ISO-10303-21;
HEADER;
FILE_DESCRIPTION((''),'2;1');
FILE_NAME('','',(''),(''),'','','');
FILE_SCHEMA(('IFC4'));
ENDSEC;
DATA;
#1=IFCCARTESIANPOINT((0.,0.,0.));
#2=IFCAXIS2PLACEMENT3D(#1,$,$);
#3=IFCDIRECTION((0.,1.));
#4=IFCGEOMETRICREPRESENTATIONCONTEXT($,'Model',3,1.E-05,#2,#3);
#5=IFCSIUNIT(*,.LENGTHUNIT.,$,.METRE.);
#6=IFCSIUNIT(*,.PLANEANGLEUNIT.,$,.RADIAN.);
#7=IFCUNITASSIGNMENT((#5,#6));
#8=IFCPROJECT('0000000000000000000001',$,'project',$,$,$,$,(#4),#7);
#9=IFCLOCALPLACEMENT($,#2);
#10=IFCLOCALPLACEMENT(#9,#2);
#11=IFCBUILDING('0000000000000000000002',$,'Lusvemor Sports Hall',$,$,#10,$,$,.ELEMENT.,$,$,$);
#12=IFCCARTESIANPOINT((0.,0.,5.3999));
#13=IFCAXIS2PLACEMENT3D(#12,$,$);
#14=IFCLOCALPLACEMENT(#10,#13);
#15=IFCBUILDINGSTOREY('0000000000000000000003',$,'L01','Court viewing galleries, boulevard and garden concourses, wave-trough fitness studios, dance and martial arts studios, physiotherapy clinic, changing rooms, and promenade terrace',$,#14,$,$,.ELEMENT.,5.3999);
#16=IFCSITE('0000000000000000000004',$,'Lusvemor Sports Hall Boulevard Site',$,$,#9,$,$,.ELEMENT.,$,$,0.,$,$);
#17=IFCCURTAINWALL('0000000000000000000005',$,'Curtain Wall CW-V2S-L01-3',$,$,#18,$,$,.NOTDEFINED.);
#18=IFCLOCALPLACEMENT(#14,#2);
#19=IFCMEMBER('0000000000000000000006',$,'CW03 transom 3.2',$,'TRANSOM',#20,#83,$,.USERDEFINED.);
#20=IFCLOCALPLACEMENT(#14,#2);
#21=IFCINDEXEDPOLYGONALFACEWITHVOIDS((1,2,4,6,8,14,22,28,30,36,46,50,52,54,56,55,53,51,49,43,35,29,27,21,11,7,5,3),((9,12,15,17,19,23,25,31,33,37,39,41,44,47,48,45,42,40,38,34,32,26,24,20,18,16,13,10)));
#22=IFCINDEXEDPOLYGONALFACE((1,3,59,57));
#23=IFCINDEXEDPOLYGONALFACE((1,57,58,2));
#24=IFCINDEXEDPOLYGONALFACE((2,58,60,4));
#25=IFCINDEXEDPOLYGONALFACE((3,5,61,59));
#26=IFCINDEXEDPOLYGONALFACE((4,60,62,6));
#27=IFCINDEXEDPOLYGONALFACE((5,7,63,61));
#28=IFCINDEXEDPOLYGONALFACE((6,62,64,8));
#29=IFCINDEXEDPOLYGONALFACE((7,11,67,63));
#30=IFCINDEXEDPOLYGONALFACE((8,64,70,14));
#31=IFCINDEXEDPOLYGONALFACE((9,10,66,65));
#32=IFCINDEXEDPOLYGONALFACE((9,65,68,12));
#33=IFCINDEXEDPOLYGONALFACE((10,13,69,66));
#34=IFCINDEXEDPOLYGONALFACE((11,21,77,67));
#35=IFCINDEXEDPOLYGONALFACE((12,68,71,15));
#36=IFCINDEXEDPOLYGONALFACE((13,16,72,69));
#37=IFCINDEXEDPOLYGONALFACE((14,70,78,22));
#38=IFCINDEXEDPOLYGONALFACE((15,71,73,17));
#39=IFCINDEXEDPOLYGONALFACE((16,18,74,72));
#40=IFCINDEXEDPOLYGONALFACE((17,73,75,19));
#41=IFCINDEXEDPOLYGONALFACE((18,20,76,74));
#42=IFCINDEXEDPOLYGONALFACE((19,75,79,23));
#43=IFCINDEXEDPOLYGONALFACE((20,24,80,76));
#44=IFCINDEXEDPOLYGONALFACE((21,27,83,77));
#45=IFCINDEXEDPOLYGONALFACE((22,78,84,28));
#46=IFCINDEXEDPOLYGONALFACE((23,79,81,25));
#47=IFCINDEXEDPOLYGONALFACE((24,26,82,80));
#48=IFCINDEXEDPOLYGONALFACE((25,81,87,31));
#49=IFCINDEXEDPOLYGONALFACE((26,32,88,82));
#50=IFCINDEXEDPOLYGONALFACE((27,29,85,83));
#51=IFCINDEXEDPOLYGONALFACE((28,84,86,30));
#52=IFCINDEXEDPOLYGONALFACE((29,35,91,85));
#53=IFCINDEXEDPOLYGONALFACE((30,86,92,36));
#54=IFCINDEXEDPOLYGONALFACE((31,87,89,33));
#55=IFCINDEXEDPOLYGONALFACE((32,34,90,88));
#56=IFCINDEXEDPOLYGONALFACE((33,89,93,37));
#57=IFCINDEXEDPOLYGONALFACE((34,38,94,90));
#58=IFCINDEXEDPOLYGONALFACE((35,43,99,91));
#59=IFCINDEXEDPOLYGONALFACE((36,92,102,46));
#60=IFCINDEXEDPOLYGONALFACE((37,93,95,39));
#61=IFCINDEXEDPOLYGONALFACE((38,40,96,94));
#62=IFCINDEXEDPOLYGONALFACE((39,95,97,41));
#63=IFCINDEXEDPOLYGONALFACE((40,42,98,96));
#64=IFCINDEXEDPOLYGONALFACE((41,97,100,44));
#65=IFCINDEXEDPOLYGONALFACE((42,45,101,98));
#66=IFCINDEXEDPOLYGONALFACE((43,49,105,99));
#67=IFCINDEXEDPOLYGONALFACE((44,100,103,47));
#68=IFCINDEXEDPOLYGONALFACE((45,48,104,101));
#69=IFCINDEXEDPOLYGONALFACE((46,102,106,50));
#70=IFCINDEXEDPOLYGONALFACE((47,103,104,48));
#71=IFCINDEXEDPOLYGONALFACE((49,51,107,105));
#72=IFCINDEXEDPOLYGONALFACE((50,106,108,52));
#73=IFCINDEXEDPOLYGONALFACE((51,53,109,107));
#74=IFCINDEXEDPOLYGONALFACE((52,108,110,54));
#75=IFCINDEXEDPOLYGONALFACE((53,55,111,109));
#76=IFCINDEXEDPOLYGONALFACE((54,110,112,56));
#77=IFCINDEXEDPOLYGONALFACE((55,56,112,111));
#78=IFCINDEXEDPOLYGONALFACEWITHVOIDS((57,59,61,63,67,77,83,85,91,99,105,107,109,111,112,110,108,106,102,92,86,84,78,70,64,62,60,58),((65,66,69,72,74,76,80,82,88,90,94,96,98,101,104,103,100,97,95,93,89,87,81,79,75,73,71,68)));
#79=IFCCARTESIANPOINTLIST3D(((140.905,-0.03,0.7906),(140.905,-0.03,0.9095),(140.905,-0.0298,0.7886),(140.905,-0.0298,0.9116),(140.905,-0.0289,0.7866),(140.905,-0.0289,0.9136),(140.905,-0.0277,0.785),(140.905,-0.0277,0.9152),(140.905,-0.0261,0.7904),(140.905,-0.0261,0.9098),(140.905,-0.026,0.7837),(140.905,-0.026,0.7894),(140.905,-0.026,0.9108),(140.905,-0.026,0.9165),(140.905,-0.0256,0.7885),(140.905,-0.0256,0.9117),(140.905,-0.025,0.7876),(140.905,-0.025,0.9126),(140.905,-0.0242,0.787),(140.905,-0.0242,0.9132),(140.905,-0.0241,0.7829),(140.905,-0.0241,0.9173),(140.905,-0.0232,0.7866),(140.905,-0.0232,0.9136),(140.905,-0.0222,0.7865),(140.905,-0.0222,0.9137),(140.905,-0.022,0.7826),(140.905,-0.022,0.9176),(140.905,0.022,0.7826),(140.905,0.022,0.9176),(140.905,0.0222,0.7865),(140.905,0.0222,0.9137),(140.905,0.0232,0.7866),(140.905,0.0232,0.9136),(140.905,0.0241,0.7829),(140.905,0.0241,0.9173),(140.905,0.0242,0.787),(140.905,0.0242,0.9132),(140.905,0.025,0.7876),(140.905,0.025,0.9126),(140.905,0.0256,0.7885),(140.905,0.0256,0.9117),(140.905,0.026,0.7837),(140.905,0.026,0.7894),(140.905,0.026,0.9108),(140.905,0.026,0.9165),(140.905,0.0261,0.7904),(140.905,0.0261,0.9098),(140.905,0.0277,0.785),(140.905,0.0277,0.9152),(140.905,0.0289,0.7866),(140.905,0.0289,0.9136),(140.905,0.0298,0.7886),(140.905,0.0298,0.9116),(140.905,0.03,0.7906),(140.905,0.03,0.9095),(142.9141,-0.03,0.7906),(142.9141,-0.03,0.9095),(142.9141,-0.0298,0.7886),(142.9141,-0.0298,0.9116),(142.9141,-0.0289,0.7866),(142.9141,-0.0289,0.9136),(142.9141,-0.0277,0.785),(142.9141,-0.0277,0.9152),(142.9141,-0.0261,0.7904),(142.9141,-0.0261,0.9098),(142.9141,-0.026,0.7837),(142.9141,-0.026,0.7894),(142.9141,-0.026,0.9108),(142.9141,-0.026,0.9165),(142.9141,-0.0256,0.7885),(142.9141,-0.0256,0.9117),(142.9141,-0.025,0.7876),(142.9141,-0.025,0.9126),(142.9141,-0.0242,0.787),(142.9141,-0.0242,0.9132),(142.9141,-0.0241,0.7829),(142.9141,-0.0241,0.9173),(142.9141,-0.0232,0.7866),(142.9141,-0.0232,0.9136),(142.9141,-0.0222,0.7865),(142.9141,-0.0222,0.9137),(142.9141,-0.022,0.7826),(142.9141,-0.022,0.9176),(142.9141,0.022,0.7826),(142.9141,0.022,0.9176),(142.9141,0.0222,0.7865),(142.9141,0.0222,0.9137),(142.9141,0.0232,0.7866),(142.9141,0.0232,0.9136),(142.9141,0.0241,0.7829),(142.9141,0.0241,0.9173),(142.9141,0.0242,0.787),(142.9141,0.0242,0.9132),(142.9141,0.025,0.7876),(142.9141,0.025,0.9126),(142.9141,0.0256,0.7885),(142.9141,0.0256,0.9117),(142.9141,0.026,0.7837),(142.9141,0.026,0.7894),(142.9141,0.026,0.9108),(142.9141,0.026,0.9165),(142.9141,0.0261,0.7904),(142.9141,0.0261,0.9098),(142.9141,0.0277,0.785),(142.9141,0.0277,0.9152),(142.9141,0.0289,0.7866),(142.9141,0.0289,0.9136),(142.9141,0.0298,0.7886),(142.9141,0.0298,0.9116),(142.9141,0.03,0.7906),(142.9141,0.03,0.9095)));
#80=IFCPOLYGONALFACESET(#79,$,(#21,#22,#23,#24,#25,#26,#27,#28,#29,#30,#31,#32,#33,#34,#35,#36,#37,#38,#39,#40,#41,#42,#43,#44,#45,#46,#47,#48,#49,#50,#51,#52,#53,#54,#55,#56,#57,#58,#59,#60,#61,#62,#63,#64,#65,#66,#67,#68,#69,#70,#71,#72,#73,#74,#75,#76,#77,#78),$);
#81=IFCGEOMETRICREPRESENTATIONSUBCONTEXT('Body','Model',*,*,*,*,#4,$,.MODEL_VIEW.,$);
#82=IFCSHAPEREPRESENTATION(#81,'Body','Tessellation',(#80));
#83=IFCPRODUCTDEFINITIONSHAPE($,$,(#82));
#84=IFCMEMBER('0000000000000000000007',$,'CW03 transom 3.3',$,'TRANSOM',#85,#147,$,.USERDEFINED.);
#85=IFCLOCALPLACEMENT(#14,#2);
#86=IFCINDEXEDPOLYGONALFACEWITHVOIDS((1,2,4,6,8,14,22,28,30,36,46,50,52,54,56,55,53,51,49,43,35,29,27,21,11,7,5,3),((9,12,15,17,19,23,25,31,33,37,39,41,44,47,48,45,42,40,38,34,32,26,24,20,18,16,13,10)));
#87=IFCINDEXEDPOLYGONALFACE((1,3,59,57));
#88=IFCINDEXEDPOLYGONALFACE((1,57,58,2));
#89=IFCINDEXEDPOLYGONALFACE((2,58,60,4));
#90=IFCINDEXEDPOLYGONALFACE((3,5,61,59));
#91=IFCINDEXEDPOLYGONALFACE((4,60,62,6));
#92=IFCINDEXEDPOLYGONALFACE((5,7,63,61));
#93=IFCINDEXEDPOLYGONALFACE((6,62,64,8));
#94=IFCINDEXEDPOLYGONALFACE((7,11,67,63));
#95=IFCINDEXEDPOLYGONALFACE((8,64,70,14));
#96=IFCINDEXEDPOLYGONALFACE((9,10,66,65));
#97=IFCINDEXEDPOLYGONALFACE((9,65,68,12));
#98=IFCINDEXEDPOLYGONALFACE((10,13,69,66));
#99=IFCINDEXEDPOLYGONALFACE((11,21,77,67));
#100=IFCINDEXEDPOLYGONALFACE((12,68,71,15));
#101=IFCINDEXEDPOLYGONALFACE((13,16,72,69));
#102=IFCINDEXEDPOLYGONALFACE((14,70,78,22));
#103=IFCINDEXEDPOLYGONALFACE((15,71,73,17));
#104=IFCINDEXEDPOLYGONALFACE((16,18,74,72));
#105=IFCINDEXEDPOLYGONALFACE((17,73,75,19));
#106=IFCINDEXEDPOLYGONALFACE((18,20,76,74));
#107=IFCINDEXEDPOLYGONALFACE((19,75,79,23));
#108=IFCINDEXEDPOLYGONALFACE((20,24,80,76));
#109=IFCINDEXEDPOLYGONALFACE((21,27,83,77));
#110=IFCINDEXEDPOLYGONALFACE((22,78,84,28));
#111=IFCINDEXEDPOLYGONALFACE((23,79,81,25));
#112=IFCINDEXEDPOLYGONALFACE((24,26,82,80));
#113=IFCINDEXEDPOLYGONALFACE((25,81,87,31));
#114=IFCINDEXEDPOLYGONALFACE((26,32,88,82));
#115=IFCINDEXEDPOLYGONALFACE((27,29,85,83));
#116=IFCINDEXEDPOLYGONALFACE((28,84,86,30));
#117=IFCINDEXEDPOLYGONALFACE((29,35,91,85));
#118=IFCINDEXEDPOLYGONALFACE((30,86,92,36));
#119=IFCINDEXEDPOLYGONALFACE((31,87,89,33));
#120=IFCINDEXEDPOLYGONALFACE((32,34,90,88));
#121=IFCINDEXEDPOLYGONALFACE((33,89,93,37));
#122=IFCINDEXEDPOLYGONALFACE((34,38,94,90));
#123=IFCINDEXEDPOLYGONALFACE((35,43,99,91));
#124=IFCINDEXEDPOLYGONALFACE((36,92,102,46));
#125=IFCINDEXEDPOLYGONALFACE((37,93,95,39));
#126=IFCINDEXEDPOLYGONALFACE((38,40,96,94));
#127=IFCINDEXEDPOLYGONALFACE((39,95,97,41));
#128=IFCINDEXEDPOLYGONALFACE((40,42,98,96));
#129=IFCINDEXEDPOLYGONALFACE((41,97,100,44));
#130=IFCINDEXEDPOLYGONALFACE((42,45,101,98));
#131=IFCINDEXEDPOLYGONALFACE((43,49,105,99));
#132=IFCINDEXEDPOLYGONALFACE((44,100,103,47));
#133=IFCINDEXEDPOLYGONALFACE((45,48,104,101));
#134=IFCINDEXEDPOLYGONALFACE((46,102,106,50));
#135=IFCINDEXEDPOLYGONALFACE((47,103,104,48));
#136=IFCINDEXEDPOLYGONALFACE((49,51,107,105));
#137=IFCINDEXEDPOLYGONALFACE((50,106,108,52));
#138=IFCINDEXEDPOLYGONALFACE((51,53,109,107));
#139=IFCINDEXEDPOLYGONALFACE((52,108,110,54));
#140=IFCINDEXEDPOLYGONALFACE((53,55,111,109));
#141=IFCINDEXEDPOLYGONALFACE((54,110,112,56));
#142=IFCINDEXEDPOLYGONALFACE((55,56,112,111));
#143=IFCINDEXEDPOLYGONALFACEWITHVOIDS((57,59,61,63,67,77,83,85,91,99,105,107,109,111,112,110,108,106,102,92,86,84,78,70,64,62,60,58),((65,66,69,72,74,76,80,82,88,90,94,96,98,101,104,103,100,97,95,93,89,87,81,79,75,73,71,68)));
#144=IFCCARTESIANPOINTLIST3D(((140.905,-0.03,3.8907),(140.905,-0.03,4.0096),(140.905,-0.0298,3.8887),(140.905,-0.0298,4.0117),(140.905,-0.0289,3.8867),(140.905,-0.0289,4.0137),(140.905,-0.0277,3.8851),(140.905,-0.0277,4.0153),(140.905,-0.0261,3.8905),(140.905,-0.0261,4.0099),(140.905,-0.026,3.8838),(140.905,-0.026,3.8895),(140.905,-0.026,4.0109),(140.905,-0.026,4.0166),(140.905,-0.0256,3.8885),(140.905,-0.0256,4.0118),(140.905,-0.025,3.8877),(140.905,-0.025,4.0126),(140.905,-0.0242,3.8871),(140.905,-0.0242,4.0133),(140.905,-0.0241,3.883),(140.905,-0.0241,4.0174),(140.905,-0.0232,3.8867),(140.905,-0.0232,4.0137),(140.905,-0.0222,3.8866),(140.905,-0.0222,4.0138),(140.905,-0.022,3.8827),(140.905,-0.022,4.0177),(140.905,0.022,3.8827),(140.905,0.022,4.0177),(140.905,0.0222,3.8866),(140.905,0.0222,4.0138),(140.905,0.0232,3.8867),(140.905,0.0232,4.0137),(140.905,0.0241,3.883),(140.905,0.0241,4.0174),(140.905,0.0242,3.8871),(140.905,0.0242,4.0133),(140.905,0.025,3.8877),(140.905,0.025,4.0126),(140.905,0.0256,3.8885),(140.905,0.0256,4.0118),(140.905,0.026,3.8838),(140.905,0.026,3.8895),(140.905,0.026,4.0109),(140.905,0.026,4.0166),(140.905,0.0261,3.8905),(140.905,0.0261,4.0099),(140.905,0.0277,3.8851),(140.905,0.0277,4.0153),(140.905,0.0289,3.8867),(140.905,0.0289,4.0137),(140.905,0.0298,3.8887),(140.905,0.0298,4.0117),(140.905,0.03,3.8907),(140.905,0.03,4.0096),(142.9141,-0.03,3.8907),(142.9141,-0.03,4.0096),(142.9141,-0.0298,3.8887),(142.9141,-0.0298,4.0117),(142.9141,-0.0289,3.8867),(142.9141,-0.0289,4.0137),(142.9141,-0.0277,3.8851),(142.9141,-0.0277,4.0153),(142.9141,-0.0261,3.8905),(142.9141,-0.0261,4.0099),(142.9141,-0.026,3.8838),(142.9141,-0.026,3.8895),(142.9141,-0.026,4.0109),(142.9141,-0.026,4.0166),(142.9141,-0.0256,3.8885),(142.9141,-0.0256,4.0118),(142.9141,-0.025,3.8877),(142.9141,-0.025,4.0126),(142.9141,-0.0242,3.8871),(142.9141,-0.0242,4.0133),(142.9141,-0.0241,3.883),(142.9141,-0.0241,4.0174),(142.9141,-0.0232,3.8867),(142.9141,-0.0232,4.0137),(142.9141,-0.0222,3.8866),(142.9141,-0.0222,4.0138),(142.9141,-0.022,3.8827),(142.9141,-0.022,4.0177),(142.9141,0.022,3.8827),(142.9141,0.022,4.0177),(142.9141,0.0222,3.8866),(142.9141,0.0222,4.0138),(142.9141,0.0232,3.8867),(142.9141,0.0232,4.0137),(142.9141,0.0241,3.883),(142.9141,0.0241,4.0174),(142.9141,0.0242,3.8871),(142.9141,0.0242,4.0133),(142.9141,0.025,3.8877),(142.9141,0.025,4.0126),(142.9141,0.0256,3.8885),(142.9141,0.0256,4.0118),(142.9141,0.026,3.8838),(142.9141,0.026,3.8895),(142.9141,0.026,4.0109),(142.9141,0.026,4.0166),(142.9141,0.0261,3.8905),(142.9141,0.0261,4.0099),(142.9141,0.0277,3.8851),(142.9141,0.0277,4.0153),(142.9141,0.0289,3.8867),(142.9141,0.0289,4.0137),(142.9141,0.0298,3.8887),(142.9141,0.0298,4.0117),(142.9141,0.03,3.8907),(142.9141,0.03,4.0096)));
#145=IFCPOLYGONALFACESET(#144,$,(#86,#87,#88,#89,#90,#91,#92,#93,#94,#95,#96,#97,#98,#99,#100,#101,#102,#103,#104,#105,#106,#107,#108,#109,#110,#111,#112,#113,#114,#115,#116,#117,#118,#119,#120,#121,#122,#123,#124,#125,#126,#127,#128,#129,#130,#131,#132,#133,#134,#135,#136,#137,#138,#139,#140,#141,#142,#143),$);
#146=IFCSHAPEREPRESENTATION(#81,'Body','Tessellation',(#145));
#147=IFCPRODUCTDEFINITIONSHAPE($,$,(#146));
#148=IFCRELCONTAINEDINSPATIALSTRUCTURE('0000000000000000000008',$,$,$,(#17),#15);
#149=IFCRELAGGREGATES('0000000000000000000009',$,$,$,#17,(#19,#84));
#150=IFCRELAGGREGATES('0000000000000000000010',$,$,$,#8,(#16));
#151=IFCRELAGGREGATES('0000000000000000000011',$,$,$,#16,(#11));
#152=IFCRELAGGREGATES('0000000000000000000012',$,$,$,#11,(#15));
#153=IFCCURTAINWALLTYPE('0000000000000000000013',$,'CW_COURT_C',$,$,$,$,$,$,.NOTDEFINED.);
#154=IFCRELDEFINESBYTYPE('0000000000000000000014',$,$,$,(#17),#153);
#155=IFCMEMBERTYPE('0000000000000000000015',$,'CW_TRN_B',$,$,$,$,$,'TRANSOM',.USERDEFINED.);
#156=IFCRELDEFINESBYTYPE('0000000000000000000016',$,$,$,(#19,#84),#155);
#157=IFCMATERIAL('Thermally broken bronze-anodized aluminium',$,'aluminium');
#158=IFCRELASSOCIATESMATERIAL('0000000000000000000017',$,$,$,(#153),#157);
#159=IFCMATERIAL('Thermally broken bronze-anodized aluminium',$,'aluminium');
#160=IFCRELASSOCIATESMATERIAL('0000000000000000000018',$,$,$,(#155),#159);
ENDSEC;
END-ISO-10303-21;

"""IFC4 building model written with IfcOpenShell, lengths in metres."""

from ifc_helpers import new_model, si_unit, direction, frame, origin, origin_2d, place, context, subcontext, project, spatial, hollow_rectangle, extrude, material, material_profile, profile_set, type_object, element, aggregate, save


model = new_model("IFC4")

# Units and contexts
model_context = context("Model", 3, precision=1e-05, world=origin(), true_north=direction((0.0, 1.0)))
body_context = subcontext(model_context, "Body", "Model", "MODEL_VIEW")
ifc_project = project(units=[si_unit("LENGTHUNIT", "METRE"), si_unit("PLANEANGLEUNIT", "RADIAN")], contexts=[model_context])

# Site, building, storey
site_placement = place(None, origin())
site = spatial("IfcSite", under=ifc_project, at=site_placement, Name="Lusvemor Sports Hall Boulevard Site", CompositionType="ELEMENT", RefElevation=0.0)
building_placement = place(site_placement, origin())
building = spatial("IfcBuilding", under=site, at=building_placement, Name="Lusvemor Sports Hall", CompositionType="ELEMENT")
storey_placement = place(building_placement, frame((0.0, 0.0, 5.3999)))
storey = spatial("IfcBuildingStorey", under=building, at=storey_placement, Name="L01", Description="Court viewing galleries, boulevard and garden concourses, wave-trough fitness studios, dance and martial arts studios, physiotherapy clinic, changing rooms, and promenade terrace", CompositionType="ELEMENT", Elevation=5.3999)

# Shared definitions
ifc_material_1 = material(Name="Thermally broken bronze-anodized aluminium", Category="aluminium")
curtain_wall_type = type_object("IfcCurtainWallType", Name="CW_COURT_C", PredefinedType="NOTDEFINED", material=ifc_material_1)

# Curtain wall
curtain_wall_1_placement = place(storey_placement, origin())
curtain_wall_1 = element("IfcCurtainWall", 1, at=curtain_wall_1_placement, inside=storey, type_object=curtain_wall_type, Name="Curtain Wall CW-V2S-L01-3", PredefinedType="NOTDEFINED")

# Members
ifc_material_2 = material(Name="Thermally broken bronze-anodized aluminium", Category="aluminium")
ifc_material_profile_1 = material_profile(ifc_material_2, hollow_rectangle(XDim=0.0601, YDim=0.135, WallThickness=0.0039, InnerFilletRadius=0.0039, OuterFilletRadius=0.0081, at=origin_2d()), Name="CWTRN135x60x4")
ifc_profile_set_1 = profile_set([ifc_material_profile_1], Name="Thermally broken bronze-anodized aluminium")
member_type_1 = type_object("IfcMemberType", Name="CW_TRN_B", ElementType="TRANSOM", PredefinedType="USERDEFINED", material=ifc_profile_set_1)
member_1_placement = place(storey_placement, frame((142.9141, 0.0, 0.8501), z_axis=(-1.0, 0.0, 0.0), x_axis=(0.0, -1.0, 0.0)))
member_1 = element("IfcMember", 2, at=member_1_placement, type_object=member_type_1, Name="CW03 transom 3.2", ObjectType="TRANSOM", PredefinedType="USERDEFINED", context=body_context, shape_type="SweptSolid", body=[
    extrude(hollow_rectangle(XDim=0.0601, YDim=0.135, WallThickness=0.0039, InnerFilletRadius=0.0039, OuterFilletRadius=0.0081, at=origin_2d()), origin(), (0.0, 0.0, 1.0), 2.009),
])
member_2_placement = place(storey_placement, frame((142.9141, 0.0, 3.9502), z_axis=(-1.0, 0.0, 0.0), x_axis=(0.0, -1.0, 0.0)))
member_2 = element("IfcMember", 3, at=member_2_placement, type_object=member_type_1, Name="CW03 transom 3.3", ObjectType="TRANSOM", PredefinedType="USERDEFINED", context=body_context, shape_type="SweptSolid", body=[
    extrude(hollow_rectangle(XDim=0.0601, YDim=0.135, WallThickness=0.0039, InnerFilletRadius=0.0039, OuterFilletRadius=0.0081, at=origin_2d()), origin(), (0.0, 0.0, 1.0), 2.009),
])

aggregate(curtain_wall_1, [member_1, member_2])

save(model, "model.ifc")
